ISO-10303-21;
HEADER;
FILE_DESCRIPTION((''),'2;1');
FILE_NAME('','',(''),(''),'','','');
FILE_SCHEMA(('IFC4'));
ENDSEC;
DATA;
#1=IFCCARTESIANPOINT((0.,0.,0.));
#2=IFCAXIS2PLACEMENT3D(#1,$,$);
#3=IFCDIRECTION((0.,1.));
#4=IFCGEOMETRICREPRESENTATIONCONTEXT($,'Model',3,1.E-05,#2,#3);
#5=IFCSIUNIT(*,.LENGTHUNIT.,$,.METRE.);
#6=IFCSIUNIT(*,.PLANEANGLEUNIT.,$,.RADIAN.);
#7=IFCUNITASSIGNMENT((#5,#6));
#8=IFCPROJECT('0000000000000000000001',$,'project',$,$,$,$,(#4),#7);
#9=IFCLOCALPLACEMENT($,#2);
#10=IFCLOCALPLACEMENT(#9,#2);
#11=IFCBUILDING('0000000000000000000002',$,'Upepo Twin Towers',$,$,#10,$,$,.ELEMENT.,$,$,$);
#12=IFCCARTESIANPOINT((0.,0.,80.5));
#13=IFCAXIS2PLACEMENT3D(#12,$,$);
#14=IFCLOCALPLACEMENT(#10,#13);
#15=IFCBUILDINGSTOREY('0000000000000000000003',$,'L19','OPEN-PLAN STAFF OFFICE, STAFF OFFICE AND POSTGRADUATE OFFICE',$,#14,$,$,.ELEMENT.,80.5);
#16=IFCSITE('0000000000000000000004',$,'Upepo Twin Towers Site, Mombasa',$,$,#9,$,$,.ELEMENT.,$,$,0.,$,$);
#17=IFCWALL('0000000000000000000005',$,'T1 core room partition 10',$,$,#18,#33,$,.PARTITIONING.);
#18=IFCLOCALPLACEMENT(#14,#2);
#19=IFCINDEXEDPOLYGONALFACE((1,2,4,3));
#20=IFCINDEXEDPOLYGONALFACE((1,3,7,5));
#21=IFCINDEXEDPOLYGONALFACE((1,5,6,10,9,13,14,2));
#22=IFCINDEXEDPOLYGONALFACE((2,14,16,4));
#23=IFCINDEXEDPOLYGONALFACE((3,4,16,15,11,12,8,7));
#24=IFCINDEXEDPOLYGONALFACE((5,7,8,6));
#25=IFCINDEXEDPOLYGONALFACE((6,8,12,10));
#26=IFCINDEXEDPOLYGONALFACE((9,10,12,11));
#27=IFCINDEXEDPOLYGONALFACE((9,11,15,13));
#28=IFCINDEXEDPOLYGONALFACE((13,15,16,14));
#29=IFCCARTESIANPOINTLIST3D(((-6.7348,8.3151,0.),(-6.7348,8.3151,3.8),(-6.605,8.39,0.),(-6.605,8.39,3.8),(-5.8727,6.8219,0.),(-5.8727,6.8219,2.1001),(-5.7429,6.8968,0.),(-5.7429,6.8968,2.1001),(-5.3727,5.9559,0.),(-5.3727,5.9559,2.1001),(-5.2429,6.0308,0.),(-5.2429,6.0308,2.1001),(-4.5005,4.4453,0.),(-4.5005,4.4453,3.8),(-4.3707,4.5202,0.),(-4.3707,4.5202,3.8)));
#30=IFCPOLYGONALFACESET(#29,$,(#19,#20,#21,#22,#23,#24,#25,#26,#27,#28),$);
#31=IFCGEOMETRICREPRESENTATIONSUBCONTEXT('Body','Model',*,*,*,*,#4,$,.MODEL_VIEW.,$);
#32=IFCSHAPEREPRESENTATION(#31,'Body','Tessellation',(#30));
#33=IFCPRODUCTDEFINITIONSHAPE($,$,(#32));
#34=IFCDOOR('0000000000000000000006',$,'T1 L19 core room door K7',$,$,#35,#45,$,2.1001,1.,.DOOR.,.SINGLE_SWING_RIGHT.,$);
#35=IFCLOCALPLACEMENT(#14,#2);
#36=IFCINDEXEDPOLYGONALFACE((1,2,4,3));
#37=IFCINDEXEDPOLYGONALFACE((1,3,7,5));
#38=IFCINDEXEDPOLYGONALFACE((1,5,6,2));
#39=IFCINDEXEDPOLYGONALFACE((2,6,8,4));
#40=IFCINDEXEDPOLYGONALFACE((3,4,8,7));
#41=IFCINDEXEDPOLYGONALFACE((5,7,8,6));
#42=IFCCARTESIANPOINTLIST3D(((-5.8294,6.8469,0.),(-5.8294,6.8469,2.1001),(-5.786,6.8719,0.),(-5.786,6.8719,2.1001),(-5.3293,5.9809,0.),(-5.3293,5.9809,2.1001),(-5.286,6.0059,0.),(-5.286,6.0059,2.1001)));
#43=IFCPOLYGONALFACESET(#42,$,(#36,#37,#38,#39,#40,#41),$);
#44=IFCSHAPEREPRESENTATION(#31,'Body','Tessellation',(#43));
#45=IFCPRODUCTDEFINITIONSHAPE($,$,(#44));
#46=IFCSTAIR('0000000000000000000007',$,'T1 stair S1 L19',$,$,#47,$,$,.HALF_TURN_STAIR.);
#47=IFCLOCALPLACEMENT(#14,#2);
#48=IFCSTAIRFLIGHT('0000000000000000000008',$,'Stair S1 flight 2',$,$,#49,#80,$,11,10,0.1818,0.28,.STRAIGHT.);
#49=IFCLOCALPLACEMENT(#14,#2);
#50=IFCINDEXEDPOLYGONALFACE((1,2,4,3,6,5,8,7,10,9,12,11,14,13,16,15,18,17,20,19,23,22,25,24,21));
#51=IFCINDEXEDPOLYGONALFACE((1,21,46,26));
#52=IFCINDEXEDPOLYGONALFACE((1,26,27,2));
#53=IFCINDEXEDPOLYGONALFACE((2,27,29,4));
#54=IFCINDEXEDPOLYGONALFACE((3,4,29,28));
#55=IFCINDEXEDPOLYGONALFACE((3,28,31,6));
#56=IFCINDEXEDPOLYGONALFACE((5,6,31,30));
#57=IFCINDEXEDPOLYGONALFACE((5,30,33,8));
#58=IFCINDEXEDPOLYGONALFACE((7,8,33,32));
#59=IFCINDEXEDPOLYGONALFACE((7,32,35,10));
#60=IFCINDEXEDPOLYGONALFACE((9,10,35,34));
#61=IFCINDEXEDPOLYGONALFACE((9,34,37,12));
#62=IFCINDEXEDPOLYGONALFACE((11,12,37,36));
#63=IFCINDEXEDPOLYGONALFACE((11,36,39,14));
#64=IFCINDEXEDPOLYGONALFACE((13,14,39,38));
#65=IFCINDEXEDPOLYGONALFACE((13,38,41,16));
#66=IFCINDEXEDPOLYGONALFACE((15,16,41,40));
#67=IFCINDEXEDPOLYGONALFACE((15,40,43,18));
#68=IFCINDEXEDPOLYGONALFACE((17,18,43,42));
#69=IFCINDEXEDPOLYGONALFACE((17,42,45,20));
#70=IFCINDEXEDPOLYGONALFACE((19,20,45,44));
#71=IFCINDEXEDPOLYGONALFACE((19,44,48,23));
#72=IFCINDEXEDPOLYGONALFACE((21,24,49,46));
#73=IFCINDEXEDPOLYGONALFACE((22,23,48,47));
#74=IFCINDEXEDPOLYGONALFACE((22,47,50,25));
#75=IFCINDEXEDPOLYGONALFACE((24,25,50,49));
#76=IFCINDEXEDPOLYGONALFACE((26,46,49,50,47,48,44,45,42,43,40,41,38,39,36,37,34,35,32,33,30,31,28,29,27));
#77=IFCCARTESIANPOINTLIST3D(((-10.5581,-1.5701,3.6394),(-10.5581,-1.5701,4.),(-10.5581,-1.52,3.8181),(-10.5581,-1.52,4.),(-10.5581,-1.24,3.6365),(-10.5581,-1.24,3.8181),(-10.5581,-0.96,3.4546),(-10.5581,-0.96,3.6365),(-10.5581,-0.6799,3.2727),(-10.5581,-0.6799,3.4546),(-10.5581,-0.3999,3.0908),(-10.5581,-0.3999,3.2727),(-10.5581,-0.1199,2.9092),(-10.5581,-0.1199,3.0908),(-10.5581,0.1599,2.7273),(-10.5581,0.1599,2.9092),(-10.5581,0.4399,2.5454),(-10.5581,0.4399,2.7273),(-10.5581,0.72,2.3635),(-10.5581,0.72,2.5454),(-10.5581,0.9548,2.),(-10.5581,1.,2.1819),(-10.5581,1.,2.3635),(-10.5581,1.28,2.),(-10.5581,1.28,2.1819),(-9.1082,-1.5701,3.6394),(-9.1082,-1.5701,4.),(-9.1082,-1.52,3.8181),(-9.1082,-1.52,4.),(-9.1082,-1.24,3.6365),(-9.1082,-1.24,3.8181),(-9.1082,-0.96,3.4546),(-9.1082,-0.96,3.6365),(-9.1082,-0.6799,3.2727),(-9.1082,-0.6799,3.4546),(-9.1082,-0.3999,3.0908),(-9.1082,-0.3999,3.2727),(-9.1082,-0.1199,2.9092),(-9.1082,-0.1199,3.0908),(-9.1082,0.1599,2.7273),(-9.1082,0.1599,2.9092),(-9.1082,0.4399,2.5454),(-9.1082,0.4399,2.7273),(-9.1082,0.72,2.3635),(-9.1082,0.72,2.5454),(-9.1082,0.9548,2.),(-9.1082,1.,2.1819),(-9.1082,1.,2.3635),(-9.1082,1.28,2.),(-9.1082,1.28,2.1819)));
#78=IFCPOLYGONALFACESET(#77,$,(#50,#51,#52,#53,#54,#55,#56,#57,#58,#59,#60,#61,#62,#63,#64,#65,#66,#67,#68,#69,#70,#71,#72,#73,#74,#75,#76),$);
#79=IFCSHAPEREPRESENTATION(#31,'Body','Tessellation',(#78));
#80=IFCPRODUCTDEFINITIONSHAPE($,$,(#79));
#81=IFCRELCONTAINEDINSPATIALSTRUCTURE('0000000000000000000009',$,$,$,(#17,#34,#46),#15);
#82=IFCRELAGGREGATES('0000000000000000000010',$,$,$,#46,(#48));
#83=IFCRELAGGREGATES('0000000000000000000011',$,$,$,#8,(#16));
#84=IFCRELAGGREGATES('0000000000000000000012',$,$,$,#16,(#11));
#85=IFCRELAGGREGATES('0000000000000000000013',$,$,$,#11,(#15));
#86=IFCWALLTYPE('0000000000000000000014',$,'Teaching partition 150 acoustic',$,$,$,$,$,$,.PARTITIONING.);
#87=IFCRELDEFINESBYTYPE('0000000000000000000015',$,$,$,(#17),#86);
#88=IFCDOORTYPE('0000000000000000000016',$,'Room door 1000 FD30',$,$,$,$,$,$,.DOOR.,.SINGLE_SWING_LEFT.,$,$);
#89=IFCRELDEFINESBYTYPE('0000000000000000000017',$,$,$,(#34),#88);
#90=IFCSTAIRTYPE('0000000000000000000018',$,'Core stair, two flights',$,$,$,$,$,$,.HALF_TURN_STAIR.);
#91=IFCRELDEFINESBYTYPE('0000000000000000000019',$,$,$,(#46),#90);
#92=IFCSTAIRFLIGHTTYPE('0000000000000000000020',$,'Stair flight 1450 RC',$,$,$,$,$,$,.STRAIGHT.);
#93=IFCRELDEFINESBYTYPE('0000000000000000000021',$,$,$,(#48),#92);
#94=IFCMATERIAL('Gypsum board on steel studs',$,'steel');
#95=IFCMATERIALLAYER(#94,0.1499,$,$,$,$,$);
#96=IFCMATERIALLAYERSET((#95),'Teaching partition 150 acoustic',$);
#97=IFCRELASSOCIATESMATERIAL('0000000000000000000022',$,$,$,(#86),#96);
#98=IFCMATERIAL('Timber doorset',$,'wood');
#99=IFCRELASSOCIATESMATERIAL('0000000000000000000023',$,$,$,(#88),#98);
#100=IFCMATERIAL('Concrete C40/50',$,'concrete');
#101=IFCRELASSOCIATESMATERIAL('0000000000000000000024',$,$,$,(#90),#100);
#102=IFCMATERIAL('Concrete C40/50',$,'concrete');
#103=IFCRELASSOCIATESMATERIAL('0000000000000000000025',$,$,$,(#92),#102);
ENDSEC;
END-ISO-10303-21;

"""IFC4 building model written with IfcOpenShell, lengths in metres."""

from ifc_helpers import new_model, si_unit, direction, frame, frame_2d, origin, place, context, subcontext, project, spatial, polyline, rectangle, outline, extrude, material, layer, layer_set, type_object, element, fill, aggregate, save


model = new_model("IFC4")

# Units and contexts
model_context = context("Model", 3, precision=1e-05, world=origin(), true_north=direction((0.0, 1.0)))
body_context = subcontext(model_context, "Body", "Model", "MODEL_VIEW")
ifc_project = project(units=[si_unit("LENGTHUNIT", "METRE"), si_unit("PLANEANGLEUNIT", "RADIAN")], contexts=[model_context])

# Site, building, storey
site_placement = place(None, origin())
site = spatial("IfcSite", under=ifc_project, at=site_placement, Name="Upepo Twin Towers Site, Mombasa", CompositionType="ELEMENT", RefElevation=0.0)
building_placement = place(site_placement, origin())
building = spatial("IfcBuilding", under=site, at=building_placement, Name="Upepo Twin Towers", CompositionType="ELEMENT")
storey_placement = place(building_placement, frame((0.0, 0.0, 80.5)))
storey = spatial("IfcBuildingStorey", under=building, at=storey_placement, Name="L19", Description="OPEN-PLAN STAFF OFFICE, STAFF OFFICE AND POSTGRADUATE OFFICE", CompositionType="ELEMENT", Elevation=80.5)

# Shared definitions
ifc_material_1 = material(Name="Gypsum board on steel studs", Category="steel")
ifc_layer_1 = layer(ifc_material_1, 0.1499)
ifc_layer_set_1 = layer_set([ifc_layer_1], Name="Teaching partition 150 acoustic")
wall_type_1 = type_object("IfcWallType", Name="Teaching partition 150 acoustic", PredefinedType="PARTITIONING", material=ifc_layer_set_1)

# Wall, opening, door
wall_1_placement = place(storey_placement, frame((-4.4355, 4.4827, 0.0), z_axis=(0.0, 0.0, 1.0), x_axis=(-0.500017, 0.866015, 0.0)))
wall_1 = element("IfcWall", 1, at=wall_1_placement, inside=storey, type_object=wall_type_1, Name="T1 core room partition 10", PredefinedType="PARTITIONING", context=body_context, shape_type="SweptSolid", body=[
    extrude(rectangle(XDim=4.4685, YDim=0.1499, at=frame_2d((2.2344, 0.0))), origin(), (0.0, 0.0, 1.0), 3.8),
])
opening_1_placement = place(wall_1_placement, frame((1.7444, 0.0, 0.0)))
opening_1 = element("IfcOpeningElement", 2, at=opening_1_placement, cuts=wall_1, PredefinedType="OPENING", context=body_context, shape_type="SweptSolid", body=[
    extrude(rectangle(XDim=1.0, YDim=2.1001, at=frame_2d((0.5, 1.05))), frame((0.0, 0.085, 0.0), z_axis=(0.0, -1.0, 0.0), x_axis=(1.0, 0.0, 0.0)), (0.0, 0.0, 1.0), 0.1699),
])
ifc_material_2 = material(Name="Timber doorset", Category="wood")
door_type_1 = type_object("IfcDoorType", Name="Room door 1000 FD30", OperationType="SINGLE_SWING_LEFT", PredefinedType="DOOR", material=ifc_material_2)
door_1_placement = place(opening_1_placement, origin())
door_1 = element("IfcDoor", 3, at=door_1_placement, inside=storey, type_object=door_type_1, Name="T1 L19 core room door K7", OperationType="SINGLE_SWING_RIGHT", OverallHeight=2.1001, OverallWidth=1.0, PredefinedType="DOOR", context=body_context, shape_type="SweptSolid", body=[
    extrude(rectangle(XDim=1.0, YDim=2.1001, at=frame_2d((0.5, 1.05))), frame((0.0, 0.0249, 0.0), z_axis=(0.0, -1.0, 0.0), x_axis=(1.0, 0.0, 0.0)), (0.0, 0.0, 1.0), 0.05),
])
fill(opening_1, door_1)

# Stair, stair flight
ifc_material_3 = material(Name="Concrete C40/50", Category="concrete")
stair_type = type_object("IfcStairType", Name="Core stair, two flights", PredefinedType="HALF_TURN_STAIR", material=ifc_material_3)
stair_placement = place(storey_placement, origin())
stair = element("IfcStair", 4, at=stair_placement, inside=storey, type_object=stair_type, Name="T1 stair S1 L19", PredefinedType="HALF_TURN_STAIR")
ifc_material_4 = material(Name="Concrete C40/50", Category="concrete")
stair_flight_type = type_object("IfcStairFlightType", Name="Stair flight 1450 RC", PredefinedType="STRAIGHT", material=ifc_material_4)
stair_flight_placement = place(storey_placement, frame((-9.8333, 1.28, 2.0), z_axis=(0.0, 0.0, 1.0), x_axis=(0.0, -1.0, 0.0)))
stair_flight = element("IfcStairFlight", 5, at=stair_flight_placement, type_object=stair_flight_type, Name="Stair S1 flight 2", NumberOfRisers=11, NumberOfTreads=10, PredefinedType="STRAIGHT", RiserHeight=0.1818, TreadLength=0.28, context=body_context, shape_type="SweptSolid", body=[
    extrude(outline(polyline([(0.0, 0.0), (0.0, 0.1819), (0.28, 0.1819), (0.28, 0.3635), (0.5601, 0.3635), (0.5601, 0.5454), (0.8401, 0.5454), (0.8401, 0.7273), (1.1201, 0.7273), (1.1201, 0.9092), (1.3999, 0.9092), (1.3999, 1.0908), (1.6799, 1.0908), (1.6799, 1.2727), (1.96, 1.2727), (1.96, 1.4546), (2.24, 1.4546), (2.24, 1.6365), (2.52, 1.6365), (2.52, 1.8181), (2.8, 1.8181), (2.8, 2.0), (2.8501, 2.0), (2.8501, 1.6394), (0.3252, 0.0), (0.0, 0.0)])), frame((0.0, 0.7251, 0.0), z_axis=(0.0, -1.0, 0.0), x_axis=(1.0, 0.0, 0.0)), (0.0, 0.0, 1.0), 1.45),
])
aggregate(stair, [stair_flight])

save(model, "model.ifc")
